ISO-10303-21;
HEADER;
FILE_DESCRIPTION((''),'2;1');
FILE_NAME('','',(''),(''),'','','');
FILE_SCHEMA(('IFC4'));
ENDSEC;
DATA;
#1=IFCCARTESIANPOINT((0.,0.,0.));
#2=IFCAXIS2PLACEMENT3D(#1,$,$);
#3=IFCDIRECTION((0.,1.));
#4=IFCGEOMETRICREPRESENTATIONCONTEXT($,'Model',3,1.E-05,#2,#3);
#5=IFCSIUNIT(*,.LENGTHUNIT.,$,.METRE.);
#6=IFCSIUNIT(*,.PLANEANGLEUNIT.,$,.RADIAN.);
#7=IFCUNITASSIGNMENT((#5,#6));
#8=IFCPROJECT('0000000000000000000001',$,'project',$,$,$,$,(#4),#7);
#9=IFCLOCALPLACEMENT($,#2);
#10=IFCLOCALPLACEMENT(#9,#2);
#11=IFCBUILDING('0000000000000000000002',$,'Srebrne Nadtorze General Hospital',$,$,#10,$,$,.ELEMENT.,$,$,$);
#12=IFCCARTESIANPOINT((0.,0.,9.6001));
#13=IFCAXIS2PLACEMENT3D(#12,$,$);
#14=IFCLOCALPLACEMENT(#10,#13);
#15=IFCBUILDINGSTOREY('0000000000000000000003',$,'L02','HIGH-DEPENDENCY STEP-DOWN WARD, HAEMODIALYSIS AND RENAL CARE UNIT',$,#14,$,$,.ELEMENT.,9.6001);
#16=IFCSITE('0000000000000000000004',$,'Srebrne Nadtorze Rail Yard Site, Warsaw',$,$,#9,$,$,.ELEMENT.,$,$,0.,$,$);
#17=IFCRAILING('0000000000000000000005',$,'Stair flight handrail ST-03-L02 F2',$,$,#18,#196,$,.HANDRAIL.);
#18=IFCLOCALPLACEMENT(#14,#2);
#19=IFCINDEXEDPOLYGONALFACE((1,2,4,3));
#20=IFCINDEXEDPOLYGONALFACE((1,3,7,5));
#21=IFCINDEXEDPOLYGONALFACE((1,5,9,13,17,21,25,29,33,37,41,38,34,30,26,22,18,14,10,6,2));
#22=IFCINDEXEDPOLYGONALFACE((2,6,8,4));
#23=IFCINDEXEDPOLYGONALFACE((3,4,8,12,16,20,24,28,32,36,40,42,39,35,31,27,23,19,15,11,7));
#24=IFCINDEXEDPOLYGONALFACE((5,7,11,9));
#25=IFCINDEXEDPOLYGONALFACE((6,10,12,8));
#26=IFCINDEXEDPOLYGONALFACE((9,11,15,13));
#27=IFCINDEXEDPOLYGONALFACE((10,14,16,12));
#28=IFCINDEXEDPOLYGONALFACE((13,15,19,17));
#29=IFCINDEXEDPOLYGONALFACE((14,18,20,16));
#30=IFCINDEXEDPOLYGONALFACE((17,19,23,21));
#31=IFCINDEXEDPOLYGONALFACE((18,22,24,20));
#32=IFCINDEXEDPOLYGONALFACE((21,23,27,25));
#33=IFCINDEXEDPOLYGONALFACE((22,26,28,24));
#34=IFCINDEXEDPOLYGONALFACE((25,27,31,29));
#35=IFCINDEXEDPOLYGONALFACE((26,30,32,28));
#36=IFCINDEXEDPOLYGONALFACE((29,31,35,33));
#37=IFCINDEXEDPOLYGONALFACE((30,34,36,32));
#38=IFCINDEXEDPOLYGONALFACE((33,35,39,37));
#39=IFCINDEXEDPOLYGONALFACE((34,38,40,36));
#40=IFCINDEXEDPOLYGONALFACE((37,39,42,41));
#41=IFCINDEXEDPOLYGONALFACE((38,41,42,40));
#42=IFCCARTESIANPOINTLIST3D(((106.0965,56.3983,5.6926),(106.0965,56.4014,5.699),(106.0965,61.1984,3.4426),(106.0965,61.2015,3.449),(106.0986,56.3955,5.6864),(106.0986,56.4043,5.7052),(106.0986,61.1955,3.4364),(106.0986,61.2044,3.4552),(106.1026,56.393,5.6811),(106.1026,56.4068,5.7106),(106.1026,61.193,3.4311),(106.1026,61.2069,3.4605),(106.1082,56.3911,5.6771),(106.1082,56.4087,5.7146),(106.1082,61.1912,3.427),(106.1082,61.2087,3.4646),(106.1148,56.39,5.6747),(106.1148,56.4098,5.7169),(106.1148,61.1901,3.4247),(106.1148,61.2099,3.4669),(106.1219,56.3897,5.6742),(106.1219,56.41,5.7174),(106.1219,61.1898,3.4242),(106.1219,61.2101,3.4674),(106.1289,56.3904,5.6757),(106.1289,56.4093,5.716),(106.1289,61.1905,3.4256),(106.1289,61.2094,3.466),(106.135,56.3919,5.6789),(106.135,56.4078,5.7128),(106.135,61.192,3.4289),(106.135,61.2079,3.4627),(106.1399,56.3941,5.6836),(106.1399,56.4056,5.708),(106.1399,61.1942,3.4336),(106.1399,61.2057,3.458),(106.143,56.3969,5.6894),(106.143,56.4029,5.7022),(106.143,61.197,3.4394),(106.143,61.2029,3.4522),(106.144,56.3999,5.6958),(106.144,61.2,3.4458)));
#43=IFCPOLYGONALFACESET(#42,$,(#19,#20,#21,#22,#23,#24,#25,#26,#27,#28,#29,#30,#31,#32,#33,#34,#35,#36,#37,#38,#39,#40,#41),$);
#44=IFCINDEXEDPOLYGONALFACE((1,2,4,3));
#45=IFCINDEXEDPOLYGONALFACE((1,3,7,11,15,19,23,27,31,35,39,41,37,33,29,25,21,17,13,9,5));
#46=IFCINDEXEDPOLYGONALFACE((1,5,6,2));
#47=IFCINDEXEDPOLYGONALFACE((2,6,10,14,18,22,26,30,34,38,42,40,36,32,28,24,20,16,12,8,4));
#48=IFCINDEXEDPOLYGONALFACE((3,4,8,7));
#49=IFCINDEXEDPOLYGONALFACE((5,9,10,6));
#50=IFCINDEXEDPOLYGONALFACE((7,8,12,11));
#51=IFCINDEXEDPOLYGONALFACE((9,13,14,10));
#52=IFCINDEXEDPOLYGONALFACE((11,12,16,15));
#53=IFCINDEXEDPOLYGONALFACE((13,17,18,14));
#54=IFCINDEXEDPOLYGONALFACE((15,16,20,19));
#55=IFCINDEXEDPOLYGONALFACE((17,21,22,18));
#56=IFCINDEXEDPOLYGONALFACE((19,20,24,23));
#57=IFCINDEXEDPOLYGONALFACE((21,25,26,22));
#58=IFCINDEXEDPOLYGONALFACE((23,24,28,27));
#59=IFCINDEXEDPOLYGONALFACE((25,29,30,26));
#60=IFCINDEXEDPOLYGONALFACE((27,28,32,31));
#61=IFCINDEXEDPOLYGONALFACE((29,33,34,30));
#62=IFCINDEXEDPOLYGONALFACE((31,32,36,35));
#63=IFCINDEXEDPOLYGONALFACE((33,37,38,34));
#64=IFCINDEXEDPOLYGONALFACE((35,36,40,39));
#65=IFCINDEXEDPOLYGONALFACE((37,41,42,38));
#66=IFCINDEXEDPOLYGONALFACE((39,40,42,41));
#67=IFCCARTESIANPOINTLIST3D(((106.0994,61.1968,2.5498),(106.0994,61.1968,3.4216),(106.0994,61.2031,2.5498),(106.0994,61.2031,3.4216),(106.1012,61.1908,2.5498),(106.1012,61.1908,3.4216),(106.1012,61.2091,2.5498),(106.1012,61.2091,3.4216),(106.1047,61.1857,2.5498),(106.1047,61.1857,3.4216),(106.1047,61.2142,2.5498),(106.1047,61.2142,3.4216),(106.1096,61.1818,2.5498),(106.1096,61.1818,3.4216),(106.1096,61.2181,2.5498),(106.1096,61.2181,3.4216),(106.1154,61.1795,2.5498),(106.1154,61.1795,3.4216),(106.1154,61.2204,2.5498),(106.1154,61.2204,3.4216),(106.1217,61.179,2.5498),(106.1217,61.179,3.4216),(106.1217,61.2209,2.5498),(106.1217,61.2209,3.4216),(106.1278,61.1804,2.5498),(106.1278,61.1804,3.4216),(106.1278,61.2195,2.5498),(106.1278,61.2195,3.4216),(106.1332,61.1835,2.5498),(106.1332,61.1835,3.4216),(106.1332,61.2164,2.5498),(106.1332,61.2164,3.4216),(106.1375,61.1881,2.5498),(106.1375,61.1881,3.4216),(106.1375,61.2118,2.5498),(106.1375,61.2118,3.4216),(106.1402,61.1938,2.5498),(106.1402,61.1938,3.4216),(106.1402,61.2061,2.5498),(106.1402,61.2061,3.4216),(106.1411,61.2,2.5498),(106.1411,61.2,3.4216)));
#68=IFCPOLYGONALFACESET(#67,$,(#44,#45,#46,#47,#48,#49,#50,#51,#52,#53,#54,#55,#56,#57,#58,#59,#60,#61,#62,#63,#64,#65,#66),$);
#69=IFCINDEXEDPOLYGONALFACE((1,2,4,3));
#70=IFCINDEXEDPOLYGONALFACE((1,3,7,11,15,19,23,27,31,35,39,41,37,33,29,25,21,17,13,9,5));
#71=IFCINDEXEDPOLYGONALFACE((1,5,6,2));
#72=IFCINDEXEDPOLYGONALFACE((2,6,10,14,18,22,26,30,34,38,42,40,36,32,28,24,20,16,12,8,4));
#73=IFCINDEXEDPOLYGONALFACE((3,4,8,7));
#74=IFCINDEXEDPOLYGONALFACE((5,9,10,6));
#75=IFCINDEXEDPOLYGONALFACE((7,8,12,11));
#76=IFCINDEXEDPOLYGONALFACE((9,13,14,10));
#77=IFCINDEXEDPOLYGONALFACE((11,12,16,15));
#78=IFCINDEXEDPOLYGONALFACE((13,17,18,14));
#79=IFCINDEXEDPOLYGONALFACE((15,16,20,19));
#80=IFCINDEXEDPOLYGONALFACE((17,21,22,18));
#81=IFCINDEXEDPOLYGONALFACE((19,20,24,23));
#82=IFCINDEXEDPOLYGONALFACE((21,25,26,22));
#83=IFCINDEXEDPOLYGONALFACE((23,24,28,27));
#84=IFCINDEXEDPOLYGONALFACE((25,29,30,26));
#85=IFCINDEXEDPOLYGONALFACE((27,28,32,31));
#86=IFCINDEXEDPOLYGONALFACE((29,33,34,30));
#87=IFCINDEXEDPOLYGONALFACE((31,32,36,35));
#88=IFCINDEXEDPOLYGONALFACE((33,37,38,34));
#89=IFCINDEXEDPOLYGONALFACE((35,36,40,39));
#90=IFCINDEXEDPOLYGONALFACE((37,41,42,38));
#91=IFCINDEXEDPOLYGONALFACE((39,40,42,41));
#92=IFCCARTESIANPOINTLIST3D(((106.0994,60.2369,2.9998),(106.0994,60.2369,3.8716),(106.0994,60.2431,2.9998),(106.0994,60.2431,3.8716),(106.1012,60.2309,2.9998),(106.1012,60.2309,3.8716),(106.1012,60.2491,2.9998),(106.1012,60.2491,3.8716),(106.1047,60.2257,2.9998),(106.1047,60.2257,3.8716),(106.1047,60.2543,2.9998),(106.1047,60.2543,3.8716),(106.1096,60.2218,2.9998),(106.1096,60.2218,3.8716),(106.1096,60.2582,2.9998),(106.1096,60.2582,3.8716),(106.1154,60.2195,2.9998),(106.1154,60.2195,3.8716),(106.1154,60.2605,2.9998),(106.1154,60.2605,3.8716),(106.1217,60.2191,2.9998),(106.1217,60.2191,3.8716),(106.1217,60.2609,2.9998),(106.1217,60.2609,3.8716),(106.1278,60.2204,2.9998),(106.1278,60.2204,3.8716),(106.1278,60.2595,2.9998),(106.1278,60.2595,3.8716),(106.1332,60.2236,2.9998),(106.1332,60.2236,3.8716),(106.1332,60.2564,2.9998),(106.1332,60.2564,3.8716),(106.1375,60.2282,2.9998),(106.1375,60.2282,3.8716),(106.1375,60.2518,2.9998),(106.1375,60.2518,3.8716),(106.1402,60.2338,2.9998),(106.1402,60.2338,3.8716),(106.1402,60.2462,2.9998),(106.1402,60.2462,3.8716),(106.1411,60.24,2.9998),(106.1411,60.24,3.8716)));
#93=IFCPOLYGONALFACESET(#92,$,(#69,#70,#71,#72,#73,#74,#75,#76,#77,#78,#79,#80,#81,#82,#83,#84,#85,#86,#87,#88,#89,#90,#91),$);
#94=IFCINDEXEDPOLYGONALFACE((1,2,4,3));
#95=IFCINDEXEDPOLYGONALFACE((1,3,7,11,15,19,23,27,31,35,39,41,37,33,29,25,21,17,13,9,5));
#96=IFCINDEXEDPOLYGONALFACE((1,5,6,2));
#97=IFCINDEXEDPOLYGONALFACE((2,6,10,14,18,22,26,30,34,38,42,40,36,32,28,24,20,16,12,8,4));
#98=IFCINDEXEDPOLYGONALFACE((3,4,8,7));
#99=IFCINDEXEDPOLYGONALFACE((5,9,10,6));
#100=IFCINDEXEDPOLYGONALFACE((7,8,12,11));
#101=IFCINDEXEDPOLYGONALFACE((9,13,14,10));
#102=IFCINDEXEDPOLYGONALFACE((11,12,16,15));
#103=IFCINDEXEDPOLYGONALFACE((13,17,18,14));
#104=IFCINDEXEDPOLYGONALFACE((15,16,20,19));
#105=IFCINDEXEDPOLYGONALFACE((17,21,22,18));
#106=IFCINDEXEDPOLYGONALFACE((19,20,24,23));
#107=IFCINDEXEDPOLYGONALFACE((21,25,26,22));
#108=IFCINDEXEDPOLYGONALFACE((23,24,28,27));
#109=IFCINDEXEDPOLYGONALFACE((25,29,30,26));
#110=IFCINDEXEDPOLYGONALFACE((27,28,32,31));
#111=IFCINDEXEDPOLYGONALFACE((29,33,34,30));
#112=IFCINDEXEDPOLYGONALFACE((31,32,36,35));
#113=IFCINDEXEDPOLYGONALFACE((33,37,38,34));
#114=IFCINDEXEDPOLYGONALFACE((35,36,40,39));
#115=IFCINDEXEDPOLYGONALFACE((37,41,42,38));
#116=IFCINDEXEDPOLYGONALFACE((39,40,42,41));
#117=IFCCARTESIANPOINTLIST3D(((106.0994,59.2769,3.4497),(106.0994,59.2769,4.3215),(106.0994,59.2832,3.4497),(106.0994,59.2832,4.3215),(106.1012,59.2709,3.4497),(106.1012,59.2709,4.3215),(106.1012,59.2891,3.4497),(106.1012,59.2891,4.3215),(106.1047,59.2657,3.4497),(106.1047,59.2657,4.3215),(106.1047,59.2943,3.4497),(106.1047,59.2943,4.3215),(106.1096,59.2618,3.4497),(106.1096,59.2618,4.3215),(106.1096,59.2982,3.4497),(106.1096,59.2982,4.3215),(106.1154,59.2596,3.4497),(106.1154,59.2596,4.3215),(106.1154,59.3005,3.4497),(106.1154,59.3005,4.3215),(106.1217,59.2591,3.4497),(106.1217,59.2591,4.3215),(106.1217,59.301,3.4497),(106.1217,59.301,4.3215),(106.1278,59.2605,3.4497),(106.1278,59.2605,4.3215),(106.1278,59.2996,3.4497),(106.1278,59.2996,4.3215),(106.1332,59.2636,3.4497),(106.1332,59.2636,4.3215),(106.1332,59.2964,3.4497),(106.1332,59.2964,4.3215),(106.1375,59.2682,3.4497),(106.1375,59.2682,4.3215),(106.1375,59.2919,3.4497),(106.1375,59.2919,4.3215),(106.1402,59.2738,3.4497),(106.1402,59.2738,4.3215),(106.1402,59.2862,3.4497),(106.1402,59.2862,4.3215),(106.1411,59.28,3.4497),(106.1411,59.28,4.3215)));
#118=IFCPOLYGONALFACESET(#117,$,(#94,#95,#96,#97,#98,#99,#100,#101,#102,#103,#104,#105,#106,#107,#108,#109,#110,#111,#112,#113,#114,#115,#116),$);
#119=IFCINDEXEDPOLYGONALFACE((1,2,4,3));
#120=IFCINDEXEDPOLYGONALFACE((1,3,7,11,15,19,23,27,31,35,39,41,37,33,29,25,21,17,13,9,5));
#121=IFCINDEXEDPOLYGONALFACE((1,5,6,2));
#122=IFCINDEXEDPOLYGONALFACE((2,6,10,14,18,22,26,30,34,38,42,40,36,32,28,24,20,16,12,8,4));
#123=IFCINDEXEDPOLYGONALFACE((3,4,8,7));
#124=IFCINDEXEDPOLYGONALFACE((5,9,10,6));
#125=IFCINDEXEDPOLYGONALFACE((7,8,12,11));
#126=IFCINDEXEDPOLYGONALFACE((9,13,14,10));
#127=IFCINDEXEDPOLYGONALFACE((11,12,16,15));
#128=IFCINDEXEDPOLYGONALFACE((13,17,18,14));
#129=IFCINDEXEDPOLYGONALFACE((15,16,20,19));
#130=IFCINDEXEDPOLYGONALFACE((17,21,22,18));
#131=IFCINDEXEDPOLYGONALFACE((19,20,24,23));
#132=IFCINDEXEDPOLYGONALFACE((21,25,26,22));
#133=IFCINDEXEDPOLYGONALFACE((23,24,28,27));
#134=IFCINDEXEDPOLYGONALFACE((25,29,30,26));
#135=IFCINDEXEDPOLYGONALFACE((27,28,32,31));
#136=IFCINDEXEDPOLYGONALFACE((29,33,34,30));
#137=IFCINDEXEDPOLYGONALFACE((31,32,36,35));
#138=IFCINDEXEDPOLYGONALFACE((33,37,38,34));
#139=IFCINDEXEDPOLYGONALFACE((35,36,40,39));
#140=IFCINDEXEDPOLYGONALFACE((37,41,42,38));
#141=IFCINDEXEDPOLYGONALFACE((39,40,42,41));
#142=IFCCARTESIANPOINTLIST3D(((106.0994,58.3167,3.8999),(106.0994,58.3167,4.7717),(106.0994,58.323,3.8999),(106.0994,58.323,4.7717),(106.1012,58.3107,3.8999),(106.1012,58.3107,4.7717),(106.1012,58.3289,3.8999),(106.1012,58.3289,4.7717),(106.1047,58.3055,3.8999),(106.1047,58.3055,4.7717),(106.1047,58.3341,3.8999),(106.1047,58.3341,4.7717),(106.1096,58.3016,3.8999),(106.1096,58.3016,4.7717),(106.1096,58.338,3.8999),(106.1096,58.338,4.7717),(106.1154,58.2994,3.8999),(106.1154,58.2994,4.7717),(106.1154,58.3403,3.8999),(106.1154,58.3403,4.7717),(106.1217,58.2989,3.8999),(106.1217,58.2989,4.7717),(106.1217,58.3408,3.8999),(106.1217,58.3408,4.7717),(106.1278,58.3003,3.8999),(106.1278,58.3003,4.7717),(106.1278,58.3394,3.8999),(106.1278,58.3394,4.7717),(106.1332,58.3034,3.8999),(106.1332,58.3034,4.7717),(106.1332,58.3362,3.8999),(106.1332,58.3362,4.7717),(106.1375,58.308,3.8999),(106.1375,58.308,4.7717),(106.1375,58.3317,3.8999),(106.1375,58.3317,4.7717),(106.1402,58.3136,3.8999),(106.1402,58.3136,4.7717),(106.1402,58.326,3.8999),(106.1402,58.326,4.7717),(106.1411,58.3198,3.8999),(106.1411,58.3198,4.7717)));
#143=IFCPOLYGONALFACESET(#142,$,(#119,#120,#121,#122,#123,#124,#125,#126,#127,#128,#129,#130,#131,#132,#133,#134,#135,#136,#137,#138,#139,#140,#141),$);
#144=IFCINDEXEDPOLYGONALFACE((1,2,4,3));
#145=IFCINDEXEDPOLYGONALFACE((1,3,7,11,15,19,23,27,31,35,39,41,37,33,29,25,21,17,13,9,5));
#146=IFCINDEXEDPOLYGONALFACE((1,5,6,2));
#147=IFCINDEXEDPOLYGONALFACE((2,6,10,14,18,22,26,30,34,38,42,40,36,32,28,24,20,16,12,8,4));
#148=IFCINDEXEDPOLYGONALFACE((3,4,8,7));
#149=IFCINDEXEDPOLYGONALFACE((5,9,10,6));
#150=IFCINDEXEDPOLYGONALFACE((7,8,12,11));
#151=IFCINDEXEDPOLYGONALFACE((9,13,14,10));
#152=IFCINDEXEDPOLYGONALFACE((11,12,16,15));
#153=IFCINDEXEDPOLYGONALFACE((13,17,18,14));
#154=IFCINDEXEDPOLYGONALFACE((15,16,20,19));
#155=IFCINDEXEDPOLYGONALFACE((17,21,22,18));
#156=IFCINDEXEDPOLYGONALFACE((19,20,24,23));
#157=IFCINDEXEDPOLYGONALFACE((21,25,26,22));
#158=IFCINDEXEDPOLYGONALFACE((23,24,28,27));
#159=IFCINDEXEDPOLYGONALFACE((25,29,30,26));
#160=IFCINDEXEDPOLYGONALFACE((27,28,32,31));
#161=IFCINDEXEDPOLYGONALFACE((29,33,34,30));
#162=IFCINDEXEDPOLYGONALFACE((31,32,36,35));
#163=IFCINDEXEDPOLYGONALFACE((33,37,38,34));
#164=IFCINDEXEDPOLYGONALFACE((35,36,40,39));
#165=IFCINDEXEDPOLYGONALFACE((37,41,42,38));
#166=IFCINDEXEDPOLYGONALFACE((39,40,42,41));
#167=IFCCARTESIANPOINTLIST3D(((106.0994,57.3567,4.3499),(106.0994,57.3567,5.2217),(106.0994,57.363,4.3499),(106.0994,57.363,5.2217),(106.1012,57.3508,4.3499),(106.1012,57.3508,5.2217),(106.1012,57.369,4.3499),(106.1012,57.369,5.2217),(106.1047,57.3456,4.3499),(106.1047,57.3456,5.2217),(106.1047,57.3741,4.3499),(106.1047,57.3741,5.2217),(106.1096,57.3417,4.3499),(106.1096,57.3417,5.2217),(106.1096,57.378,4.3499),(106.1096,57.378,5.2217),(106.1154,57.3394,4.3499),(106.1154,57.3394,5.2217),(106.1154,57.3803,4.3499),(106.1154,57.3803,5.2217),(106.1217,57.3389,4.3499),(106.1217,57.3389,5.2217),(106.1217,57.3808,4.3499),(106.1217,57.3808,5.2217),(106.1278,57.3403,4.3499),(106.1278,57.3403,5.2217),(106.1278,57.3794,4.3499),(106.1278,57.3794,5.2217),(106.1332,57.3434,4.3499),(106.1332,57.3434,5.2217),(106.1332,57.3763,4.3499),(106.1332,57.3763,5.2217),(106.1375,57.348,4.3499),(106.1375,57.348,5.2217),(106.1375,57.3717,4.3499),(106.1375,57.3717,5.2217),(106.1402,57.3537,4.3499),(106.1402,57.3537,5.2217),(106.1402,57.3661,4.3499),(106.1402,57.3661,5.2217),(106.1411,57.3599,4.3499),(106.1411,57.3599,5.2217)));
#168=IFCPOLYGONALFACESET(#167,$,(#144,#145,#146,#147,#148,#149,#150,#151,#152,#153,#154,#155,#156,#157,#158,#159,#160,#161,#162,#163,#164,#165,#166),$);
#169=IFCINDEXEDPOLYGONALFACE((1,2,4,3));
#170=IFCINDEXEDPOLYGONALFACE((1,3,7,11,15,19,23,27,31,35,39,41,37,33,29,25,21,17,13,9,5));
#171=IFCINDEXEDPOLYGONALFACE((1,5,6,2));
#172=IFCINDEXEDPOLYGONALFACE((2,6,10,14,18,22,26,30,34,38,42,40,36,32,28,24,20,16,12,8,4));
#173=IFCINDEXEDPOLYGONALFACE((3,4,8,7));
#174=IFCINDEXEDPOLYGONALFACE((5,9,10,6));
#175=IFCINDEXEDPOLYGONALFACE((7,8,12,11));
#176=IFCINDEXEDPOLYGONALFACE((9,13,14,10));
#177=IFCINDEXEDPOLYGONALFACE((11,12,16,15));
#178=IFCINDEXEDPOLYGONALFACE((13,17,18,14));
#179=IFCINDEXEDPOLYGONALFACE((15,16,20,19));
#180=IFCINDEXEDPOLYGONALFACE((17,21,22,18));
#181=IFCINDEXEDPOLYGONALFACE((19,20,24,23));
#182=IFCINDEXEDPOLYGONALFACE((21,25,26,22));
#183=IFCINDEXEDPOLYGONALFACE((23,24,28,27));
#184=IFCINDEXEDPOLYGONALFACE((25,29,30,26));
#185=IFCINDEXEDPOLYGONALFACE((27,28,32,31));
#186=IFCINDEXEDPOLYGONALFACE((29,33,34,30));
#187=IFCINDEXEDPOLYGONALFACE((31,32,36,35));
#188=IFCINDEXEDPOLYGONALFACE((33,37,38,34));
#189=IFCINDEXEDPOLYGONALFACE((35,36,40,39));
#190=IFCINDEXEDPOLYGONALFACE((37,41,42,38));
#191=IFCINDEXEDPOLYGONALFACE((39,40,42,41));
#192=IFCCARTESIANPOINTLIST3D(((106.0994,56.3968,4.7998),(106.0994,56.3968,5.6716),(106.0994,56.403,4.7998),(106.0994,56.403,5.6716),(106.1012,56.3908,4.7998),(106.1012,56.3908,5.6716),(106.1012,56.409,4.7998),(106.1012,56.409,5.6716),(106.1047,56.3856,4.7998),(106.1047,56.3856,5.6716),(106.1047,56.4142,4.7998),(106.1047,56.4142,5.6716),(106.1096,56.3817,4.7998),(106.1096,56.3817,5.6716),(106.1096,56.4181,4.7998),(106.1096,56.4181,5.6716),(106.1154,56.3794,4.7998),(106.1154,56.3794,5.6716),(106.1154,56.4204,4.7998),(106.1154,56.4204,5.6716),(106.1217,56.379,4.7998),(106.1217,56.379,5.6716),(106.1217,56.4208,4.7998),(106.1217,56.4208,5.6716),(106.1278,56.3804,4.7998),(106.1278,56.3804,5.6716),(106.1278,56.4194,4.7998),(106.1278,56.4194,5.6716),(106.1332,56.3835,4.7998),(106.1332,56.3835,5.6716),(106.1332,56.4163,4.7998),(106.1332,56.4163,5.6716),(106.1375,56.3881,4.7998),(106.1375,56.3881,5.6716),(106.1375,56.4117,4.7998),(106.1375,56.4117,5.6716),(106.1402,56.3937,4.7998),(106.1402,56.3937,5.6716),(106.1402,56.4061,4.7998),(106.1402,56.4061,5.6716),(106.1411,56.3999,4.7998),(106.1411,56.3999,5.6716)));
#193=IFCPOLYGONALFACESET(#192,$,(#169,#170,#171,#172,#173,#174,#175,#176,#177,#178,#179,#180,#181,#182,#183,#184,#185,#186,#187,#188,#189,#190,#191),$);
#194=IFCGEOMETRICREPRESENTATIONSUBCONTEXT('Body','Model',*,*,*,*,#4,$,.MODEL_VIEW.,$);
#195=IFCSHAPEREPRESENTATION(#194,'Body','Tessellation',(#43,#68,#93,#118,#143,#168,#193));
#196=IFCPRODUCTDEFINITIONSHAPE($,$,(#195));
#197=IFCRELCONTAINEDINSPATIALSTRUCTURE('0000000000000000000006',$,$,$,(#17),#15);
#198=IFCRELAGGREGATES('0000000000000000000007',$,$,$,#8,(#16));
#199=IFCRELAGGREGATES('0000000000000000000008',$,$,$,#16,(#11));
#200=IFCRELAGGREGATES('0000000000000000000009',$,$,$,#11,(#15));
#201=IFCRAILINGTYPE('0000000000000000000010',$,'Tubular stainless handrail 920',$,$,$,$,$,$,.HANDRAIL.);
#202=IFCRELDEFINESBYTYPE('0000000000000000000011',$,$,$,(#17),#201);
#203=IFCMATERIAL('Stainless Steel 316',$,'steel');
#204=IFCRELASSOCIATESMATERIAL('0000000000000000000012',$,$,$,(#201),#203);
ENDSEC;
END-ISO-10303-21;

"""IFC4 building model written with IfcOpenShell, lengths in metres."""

from ifc_helpers import new_model, si_unit, direction, frame, origin, origin_2d, place, context, subcontext, project, spatial, circle, extrude, material, type_object, element, save


model = new_model("IFC4")

# Units and contexts
model_context = context("Model", 3, precision=1e-05, world=origin(), true_north=direction((0.0, 1.0)))
body_context = subcontext(model_context, "Body", "Model", "MODEL_VIEW")
ifc_project = project(units=[si_unit("LENGTHUNIT", "METRE"), si_unit("PLANEANGLEUNIT", "RADIAN")], contexts=[model_context])

# Site, building, storey
site_placement = place(None, origin())
site = spatial("IfcSite", under=ifc_project, at=site_placement, Name="Srebrne Nadtorze Rail Yard Site, Warsaw", CompositionType="ELEMENT", RefElevation=0.0)
building_placement = place(site_placement, origin())
building = spatial("IfcBuilding", under=site, at=building_placement, Name="Srebrne Nadtorze General Hospital", CompositionType="ELEMENT")
storey_placement = place(building_placement, frame((0.0, 0.0, 9.6001)))
storey = spatial("IfcBuildingStorey", under=building, at=storey_placement, Name="L02", Description="HIGH-DEPENDENCY STEP-DOWN WARD, HAEMODIALYSIS AND RENAL CARE UNIT", CompositionType="ELEMENT", Elevation=9.6001)

# Railing
ifc_material_1 = material(Name="Stainless Steel 316", Category="steel")
railing_type_1 = type_object("IfcRailingType", Name="Tubular stainless handrail 920", PredefinedType="HANDRAIL", material=ifc_material_1)
railing_1_placement = place(storey_placement, frame((106.1201, 61.2, 2.5498)))
element("IfcRailing", 1, at=railing_1_placement, inside=storey, type_object=railing_type_1, Name="Stair flight handrail ST-03-L02 F2", PredefinedType="HANDRAIL", context=body_context, shape_type="SweptSolid", body=[
    extrude(circle(Radius=0.0239, at=origin_2d()), frame((0.0, 0.0, 0.896), z_axis=(0.0, -0.905461, 0.42443), x_axis=(1.0, 0.0, 0.0)), (0.0, 0.0, 1.0), 5.3013),
    extrude(circle(Radius=0.021, at=origin_2d()), origin(), (0.0, 0.0, 1.0), 0.8718),
    extrude(circle(Radius=0.021, at=origin_2d()), frame((0.0, -0.96, 0.45)), (0.0, 0.0, 1.0), 0.8718),
    extrude(circle(Radius=0.021, at=origin_2d()), frame((0.0, -1.9199, 0.8999)), (0.0, 0.0, 1.0), 0.8718),
    extrude(circle(Radius=0.021, at=origin_2d()), frame((0.0, -2.8801, 1.3501)), (0.0, 0.0, 1.0), 0.8718),
    extrude(circle(Radius=0.021, at=origin_2d()), frame((0.0, -3.8401, 1.8)), (0.0, 0.0, 1.0), 0.8718),
    extrude(circle(Radius=0.021, at=origin_2d()), frame((0.0, -4.8, 2.25)), (0.0, 0.0, 1.0), 0.8718),
])

save(model, "model.ifc")
